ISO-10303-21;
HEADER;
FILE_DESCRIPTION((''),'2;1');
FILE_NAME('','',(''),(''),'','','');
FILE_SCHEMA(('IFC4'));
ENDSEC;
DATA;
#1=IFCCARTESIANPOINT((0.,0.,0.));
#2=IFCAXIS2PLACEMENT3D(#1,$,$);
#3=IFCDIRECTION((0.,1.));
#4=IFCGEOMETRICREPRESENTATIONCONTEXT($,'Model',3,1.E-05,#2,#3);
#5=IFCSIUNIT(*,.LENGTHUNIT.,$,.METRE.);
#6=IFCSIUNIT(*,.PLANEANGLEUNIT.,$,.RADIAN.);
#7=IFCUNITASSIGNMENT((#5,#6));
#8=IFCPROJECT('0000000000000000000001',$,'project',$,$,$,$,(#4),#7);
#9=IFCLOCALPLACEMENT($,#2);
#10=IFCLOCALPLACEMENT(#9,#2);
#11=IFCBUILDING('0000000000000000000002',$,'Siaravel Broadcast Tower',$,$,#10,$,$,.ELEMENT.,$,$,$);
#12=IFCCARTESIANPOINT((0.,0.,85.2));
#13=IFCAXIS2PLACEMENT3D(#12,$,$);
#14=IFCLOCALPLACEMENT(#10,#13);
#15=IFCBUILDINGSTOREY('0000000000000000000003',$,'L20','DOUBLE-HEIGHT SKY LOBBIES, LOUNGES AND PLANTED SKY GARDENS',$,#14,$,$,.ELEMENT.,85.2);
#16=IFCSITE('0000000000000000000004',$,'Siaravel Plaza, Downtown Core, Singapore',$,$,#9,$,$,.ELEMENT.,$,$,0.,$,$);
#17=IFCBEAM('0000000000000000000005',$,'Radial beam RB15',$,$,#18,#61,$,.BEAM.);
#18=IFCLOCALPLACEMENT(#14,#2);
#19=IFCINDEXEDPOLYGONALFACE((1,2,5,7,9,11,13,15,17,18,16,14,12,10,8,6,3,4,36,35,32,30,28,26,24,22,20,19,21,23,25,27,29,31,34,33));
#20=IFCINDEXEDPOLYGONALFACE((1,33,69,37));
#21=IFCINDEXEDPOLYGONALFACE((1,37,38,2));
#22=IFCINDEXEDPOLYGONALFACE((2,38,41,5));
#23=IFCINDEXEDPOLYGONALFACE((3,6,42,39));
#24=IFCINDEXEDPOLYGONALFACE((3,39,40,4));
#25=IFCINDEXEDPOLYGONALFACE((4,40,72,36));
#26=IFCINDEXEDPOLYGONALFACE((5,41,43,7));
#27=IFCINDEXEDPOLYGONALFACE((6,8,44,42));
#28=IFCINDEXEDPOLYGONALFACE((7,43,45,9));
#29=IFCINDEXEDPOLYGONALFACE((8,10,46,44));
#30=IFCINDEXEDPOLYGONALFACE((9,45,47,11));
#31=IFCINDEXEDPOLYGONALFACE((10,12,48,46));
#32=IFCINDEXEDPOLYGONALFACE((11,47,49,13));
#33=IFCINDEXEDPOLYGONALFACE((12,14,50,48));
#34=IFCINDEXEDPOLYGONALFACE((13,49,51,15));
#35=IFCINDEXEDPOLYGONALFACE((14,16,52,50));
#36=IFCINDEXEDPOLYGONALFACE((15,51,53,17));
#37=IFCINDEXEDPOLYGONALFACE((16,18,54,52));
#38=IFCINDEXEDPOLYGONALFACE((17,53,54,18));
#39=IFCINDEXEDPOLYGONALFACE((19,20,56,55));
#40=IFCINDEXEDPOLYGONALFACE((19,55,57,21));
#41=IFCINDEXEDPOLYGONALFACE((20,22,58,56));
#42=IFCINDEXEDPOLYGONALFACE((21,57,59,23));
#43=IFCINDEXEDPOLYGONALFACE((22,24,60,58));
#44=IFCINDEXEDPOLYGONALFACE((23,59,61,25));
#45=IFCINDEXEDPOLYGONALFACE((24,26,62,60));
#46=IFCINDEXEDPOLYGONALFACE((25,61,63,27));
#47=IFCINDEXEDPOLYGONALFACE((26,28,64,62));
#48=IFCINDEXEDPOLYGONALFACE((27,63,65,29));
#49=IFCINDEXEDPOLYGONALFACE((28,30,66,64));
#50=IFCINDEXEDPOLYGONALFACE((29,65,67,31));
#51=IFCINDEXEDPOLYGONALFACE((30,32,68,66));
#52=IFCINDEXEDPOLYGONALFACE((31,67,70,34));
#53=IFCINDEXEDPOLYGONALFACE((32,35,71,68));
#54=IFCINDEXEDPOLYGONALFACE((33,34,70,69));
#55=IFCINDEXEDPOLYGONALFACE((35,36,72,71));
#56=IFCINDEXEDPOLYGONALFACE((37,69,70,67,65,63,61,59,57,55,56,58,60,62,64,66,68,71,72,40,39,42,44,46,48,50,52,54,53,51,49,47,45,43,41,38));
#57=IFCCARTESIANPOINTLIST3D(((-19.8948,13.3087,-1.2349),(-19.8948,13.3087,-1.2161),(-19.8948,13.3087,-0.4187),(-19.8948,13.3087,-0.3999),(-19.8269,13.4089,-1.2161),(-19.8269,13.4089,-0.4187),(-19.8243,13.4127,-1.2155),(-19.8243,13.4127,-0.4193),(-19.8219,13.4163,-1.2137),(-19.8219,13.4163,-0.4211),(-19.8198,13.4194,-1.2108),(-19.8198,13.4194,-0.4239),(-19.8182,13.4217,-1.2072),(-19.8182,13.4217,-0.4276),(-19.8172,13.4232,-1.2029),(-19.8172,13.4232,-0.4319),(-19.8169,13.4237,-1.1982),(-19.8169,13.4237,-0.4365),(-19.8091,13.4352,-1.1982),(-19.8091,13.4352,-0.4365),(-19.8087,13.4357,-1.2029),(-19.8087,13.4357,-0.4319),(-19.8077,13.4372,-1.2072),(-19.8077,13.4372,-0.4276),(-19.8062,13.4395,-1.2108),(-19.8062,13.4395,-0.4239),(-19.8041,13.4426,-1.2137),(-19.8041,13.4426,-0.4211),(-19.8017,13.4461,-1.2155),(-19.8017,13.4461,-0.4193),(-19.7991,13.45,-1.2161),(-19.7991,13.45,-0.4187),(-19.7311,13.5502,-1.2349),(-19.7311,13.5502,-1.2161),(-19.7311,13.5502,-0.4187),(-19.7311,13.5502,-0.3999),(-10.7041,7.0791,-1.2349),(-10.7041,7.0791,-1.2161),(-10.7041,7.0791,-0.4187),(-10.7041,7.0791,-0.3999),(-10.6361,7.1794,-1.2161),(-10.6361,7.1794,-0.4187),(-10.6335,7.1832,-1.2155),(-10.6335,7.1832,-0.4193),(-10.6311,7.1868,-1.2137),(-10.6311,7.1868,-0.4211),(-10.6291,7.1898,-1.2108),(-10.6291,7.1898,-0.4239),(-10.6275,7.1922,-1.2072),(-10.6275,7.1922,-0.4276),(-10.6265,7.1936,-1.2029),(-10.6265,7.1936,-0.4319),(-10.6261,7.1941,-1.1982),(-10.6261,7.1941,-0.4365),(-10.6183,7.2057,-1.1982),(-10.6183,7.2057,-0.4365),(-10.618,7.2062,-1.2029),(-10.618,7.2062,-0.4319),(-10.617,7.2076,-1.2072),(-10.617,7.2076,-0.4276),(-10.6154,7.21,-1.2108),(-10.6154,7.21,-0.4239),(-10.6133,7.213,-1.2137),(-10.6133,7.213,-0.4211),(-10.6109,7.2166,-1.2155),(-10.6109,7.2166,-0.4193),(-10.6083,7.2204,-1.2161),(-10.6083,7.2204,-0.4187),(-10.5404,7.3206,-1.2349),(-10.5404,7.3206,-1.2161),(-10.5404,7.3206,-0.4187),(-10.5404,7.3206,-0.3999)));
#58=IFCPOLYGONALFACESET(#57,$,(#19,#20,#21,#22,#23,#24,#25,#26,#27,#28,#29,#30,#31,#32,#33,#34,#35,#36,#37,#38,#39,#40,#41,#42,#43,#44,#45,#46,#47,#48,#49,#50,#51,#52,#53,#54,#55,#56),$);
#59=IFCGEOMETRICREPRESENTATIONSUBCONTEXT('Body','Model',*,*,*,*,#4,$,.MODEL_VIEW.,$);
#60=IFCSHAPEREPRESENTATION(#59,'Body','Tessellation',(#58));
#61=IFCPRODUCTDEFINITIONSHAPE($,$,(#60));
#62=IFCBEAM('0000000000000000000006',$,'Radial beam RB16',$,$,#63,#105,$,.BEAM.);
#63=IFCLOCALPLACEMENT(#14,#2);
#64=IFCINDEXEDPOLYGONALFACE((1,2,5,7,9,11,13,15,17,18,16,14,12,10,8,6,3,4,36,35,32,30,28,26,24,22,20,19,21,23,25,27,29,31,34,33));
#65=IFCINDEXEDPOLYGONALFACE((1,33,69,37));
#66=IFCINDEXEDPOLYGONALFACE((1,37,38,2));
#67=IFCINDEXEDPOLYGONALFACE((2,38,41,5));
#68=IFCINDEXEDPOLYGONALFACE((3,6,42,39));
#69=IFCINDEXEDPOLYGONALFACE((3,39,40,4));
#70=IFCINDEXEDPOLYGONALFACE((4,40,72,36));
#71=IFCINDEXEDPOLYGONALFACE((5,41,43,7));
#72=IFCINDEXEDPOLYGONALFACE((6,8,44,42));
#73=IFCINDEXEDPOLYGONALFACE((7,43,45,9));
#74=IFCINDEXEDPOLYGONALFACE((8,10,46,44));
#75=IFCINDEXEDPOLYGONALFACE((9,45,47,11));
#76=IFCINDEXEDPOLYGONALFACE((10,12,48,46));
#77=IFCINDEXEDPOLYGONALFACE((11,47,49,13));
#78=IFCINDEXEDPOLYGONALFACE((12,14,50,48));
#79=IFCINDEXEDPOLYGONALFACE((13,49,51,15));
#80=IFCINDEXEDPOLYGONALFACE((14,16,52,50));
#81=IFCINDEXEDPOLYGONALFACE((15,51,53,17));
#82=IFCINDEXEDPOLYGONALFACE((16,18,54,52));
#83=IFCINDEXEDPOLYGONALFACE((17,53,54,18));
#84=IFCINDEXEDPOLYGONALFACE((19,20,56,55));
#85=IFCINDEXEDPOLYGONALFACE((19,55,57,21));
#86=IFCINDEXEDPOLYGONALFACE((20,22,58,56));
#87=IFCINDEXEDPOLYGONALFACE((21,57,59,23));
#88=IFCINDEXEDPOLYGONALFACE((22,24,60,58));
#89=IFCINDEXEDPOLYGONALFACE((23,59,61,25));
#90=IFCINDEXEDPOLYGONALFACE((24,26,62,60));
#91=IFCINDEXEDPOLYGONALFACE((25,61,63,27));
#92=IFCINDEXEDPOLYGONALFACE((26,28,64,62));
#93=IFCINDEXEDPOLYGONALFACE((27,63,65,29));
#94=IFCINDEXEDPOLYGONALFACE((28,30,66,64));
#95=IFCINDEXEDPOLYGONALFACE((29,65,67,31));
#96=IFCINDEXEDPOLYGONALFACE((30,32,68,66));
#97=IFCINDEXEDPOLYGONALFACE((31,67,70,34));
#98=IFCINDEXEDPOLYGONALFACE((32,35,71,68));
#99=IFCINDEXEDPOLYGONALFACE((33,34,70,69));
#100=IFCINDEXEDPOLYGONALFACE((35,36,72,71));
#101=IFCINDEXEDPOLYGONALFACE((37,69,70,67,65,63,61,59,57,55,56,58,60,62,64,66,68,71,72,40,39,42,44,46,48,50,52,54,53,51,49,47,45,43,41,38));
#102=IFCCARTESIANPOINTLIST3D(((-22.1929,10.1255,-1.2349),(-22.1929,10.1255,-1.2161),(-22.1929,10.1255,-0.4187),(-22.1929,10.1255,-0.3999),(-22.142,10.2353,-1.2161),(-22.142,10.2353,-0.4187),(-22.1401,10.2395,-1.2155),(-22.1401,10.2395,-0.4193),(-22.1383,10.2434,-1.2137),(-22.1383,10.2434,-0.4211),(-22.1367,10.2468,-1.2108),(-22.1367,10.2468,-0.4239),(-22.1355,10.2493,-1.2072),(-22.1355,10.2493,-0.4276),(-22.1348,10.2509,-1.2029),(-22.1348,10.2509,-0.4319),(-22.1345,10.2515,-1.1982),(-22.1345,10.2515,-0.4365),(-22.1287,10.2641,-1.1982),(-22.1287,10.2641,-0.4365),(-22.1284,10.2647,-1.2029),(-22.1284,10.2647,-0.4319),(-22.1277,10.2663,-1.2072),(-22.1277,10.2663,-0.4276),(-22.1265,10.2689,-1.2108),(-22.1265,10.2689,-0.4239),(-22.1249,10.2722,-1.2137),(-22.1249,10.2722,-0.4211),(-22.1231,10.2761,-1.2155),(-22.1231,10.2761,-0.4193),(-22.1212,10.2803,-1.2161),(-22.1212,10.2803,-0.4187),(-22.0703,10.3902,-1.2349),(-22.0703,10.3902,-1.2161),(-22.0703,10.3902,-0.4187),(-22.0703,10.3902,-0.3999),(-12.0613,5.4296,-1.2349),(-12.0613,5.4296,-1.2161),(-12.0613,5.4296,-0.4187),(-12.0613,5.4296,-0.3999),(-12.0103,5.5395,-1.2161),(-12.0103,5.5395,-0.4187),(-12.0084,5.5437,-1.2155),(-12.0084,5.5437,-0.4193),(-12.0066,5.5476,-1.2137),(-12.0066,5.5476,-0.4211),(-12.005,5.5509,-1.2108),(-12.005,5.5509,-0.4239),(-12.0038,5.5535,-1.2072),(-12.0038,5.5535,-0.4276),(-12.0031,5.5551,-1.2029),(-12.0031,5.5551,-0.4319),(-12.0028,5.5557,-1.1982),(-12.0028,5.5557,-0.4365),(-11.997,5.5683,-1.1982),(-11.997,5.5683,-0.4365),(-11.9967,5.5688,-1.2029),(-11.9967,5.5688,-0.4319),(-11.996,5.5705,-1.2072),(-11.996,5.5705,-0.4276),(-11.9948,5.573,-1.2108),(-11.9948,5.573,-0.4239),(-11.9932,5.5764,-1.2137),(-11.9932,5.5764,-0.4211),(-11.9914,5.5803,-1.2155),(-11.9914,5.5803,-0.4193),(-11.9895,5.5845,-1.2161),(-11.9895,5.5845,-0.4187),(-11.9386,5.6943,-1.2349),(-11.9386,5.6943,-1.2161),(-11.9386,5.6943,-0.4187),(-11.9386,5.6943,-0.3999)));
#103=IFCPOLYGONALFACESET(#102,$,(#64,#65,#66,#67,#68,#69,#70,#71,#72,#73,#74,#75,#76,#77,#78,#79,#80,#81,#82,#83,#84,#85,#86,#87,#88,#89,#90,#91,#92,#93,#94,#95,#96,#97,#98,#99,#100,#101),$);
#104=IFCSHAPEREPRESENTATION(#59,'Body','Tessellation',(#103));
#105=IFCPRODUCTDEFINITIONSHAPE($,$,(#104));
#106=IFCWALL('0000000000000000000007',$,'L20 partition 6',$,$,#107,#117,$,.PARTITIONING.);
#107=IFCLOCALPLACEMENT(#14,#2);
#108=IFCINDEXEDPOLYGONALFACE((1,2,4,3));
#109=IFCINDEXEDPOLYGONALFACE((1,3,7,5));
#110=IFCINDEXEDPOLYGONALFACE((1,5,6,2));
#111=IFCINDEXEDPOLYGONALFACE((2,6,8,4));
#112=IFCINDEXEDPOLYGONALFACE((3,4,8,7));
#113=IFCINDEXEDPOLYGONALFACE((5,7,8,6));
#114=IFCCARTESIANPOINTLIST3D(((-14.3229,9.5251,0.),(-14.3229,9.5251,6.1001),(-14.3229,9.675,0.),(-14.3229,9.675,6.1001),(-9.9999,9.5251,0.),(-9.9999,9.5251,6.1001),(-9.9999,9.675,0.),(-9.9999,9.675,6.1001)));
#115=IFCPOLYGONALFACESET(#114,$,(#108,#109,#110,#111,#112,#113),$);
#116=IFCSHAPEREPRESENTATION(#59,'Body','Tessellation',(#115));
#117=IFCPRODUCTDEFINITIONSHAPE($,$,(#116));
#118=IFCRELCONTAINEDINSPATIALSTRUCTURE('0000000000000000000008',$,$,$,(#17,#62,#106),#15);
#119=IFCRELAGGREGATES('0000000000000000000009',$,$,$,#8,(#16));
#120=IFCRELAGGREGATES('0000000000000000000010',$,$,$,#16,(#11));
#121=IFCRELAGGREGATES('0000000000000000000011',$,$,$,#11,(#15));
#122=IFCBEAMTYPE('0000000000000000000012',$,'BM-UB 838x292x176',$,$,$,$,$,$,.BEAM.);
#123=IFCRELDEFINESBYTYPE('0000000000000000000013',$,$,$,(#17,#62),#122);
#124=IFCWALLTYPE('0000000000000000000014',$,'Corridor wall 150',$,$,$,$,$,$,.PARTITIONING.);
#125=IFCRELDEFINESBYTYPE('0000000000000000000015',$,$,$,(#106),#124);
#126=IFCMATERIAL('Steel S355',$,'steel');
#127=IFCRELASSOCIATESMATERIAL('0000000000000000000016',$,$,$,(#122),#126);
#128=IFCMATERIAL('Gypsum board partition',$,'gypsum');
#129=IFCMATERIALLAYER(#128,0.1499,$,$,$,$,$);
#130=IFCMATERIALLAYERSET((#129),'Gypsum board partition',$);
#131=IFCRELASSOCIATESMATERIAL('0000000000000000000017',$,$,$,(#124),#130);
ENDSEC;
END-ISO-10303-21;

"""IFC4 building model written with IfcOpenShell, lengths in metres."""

from ifc_helpers import new_model, si_unit, direction, frame, frame_2d, origin, origin_2d, place, context, subcontext, project, spatial, rectangle, i_section, extrude, material, layer, layer_set, material_profile, profile_set, type_object, element, save


model = new_model("IFC4")

# Units and contexts
model_context = context("Model", 3, precision=1e-05, world=origin(), true_north=direction((0.0, 1.0)))
body_context = subcontext(model_context, "Body", "Model", "MODEL_VIEW")
ifc_project = project(units=[si_unit("LENGTHUNIT", "METRE"), si_unit("PLANEANGLEUNIT", "RADIAN")], contexts=[model_context])

# Site, building, storey
site_placement = place(None, origin())
site = spatial("IfcSite", under=ifc_project, at=site_placement, Name="Siaravel Plaza, Downtown Core, Singapore", CompositionType="ELEMENT", RefElevation=0.0)
building_placement = place(site_placement, origin())
building = spatial("IfcBuilding", under=site, at=building_placement, Name="Siaravel Broadcast Tower", CompositionType="ELEMENT")
storey_placement = place(building_placement, frame((0.0, 0.0, 85.2)))
storey = spatial("IfcBuildingStorey", under=building, at=storey_placement, Name="L20", Description="DOUBLE-HEIGHT SKY LOBBIES, LOUNGES AND PLANTED SKY GARDENS", CompositionType="ELEMENT", Elevation=85.2)

# Beams
ifc_material_1 = material(Name="Steel S355", Category="steel")
ifc_material_profile_1 = material_profile(ifc_material_1, i_section(OverallWidth=0.2917, OverallDepth=0.835, WebThickness=0.0139, FlangeThickness=0.0188, FilletRadius=0.0178, at=origin_2d()))
ifc_profile_set_1 = profile_set([ifc_material_profile_1], Name="Steel S355")
beam_type = type_object("IfcBeamType", Name="BM-UB 838x292x176", PredefinedType="BEAM", material=ifc_profile_set_1)
beam_1_placement = place(storey_placement, frame((-19.813, 13.4294, -0.8174), z_axis=(0.82777, -0.561067, 0.0), x_axis=(0.561067, 0.82777, 0.0)))
element("IfcBeam", 1, at=beam_1_placement, inside=storey, type_object=beam_type, Name="Radial beam RB15", PredefinedType="BEAM", context=body_context, shape_type="SweptSolid", body=[
    extrude(i_section(OverallWidth=0.2917, OverallDepth=0.835, WebThickness=0.0139, FlangeThickness=0.0188, FilletRadius=0.0178, at=origin_2d()), origin(), (0.0, 0.0, 1.0), 11.103),
])
beam_2_placement = place(storey_placement, frame((-22.1316, 10.2578, -0.8174), z_axis=(0.907288, -0.420511, 0.0), x_axis=(0.420511, 0.907288, 0.0)))
element("IfcBeam", 2, at=beam_2_placement, inside=storey, type_object=beam_type, Name="Radial beam RB16", PredefinedType="BEAM", context=body_context, shape_type="SweptSolid", body=[
    extrude(i_section(OverallWidth=0.2917, OverallDepth=0.835, WebThickness=0.0139, FlangeThickness=0.0188, FilletRadius=0.0178, at=origin_2d()), origin(), (0.0, 0.0, 1.0), 11.167),
])

# Wall
ifc_material_2 = material(Name="Gypsum board partition", Category="gypsum")
ifc_layer_1 = layer(ifc_material_2, 0.1499)
ifc_layer_set_1 = layer_set([ifc_layer_1], Name="Gypsum board partition")
wall_type_1 = type_object("IfcWallType", Name="Corridor wall 150", PredefinedType="PARTITIONING", material=ifc_layer_set_1)
wall_1_placement = place(storey_placement, frame((-14.323, 9.6001, 0.0), z_axis=(0.0, 0.0, 1.0), x_axis=(1.0, 0.0, 0.0)))
element("IfcWall", 3, at=wall_1_placement, inside=storey, type_object=wall_type_1, Name="L20 partition 6", PredefinedType="PARTITIONING", context=body_context, shape_type="SweptSolid", body=[
    extrude(rectangle(XDim=4.323, YDim=0.1499, at=frame_2d((2.1616, 0.0))), origin(), (0.0, 0.0, 1.0), 6.1001),
])

save(model, "model.ifc")
